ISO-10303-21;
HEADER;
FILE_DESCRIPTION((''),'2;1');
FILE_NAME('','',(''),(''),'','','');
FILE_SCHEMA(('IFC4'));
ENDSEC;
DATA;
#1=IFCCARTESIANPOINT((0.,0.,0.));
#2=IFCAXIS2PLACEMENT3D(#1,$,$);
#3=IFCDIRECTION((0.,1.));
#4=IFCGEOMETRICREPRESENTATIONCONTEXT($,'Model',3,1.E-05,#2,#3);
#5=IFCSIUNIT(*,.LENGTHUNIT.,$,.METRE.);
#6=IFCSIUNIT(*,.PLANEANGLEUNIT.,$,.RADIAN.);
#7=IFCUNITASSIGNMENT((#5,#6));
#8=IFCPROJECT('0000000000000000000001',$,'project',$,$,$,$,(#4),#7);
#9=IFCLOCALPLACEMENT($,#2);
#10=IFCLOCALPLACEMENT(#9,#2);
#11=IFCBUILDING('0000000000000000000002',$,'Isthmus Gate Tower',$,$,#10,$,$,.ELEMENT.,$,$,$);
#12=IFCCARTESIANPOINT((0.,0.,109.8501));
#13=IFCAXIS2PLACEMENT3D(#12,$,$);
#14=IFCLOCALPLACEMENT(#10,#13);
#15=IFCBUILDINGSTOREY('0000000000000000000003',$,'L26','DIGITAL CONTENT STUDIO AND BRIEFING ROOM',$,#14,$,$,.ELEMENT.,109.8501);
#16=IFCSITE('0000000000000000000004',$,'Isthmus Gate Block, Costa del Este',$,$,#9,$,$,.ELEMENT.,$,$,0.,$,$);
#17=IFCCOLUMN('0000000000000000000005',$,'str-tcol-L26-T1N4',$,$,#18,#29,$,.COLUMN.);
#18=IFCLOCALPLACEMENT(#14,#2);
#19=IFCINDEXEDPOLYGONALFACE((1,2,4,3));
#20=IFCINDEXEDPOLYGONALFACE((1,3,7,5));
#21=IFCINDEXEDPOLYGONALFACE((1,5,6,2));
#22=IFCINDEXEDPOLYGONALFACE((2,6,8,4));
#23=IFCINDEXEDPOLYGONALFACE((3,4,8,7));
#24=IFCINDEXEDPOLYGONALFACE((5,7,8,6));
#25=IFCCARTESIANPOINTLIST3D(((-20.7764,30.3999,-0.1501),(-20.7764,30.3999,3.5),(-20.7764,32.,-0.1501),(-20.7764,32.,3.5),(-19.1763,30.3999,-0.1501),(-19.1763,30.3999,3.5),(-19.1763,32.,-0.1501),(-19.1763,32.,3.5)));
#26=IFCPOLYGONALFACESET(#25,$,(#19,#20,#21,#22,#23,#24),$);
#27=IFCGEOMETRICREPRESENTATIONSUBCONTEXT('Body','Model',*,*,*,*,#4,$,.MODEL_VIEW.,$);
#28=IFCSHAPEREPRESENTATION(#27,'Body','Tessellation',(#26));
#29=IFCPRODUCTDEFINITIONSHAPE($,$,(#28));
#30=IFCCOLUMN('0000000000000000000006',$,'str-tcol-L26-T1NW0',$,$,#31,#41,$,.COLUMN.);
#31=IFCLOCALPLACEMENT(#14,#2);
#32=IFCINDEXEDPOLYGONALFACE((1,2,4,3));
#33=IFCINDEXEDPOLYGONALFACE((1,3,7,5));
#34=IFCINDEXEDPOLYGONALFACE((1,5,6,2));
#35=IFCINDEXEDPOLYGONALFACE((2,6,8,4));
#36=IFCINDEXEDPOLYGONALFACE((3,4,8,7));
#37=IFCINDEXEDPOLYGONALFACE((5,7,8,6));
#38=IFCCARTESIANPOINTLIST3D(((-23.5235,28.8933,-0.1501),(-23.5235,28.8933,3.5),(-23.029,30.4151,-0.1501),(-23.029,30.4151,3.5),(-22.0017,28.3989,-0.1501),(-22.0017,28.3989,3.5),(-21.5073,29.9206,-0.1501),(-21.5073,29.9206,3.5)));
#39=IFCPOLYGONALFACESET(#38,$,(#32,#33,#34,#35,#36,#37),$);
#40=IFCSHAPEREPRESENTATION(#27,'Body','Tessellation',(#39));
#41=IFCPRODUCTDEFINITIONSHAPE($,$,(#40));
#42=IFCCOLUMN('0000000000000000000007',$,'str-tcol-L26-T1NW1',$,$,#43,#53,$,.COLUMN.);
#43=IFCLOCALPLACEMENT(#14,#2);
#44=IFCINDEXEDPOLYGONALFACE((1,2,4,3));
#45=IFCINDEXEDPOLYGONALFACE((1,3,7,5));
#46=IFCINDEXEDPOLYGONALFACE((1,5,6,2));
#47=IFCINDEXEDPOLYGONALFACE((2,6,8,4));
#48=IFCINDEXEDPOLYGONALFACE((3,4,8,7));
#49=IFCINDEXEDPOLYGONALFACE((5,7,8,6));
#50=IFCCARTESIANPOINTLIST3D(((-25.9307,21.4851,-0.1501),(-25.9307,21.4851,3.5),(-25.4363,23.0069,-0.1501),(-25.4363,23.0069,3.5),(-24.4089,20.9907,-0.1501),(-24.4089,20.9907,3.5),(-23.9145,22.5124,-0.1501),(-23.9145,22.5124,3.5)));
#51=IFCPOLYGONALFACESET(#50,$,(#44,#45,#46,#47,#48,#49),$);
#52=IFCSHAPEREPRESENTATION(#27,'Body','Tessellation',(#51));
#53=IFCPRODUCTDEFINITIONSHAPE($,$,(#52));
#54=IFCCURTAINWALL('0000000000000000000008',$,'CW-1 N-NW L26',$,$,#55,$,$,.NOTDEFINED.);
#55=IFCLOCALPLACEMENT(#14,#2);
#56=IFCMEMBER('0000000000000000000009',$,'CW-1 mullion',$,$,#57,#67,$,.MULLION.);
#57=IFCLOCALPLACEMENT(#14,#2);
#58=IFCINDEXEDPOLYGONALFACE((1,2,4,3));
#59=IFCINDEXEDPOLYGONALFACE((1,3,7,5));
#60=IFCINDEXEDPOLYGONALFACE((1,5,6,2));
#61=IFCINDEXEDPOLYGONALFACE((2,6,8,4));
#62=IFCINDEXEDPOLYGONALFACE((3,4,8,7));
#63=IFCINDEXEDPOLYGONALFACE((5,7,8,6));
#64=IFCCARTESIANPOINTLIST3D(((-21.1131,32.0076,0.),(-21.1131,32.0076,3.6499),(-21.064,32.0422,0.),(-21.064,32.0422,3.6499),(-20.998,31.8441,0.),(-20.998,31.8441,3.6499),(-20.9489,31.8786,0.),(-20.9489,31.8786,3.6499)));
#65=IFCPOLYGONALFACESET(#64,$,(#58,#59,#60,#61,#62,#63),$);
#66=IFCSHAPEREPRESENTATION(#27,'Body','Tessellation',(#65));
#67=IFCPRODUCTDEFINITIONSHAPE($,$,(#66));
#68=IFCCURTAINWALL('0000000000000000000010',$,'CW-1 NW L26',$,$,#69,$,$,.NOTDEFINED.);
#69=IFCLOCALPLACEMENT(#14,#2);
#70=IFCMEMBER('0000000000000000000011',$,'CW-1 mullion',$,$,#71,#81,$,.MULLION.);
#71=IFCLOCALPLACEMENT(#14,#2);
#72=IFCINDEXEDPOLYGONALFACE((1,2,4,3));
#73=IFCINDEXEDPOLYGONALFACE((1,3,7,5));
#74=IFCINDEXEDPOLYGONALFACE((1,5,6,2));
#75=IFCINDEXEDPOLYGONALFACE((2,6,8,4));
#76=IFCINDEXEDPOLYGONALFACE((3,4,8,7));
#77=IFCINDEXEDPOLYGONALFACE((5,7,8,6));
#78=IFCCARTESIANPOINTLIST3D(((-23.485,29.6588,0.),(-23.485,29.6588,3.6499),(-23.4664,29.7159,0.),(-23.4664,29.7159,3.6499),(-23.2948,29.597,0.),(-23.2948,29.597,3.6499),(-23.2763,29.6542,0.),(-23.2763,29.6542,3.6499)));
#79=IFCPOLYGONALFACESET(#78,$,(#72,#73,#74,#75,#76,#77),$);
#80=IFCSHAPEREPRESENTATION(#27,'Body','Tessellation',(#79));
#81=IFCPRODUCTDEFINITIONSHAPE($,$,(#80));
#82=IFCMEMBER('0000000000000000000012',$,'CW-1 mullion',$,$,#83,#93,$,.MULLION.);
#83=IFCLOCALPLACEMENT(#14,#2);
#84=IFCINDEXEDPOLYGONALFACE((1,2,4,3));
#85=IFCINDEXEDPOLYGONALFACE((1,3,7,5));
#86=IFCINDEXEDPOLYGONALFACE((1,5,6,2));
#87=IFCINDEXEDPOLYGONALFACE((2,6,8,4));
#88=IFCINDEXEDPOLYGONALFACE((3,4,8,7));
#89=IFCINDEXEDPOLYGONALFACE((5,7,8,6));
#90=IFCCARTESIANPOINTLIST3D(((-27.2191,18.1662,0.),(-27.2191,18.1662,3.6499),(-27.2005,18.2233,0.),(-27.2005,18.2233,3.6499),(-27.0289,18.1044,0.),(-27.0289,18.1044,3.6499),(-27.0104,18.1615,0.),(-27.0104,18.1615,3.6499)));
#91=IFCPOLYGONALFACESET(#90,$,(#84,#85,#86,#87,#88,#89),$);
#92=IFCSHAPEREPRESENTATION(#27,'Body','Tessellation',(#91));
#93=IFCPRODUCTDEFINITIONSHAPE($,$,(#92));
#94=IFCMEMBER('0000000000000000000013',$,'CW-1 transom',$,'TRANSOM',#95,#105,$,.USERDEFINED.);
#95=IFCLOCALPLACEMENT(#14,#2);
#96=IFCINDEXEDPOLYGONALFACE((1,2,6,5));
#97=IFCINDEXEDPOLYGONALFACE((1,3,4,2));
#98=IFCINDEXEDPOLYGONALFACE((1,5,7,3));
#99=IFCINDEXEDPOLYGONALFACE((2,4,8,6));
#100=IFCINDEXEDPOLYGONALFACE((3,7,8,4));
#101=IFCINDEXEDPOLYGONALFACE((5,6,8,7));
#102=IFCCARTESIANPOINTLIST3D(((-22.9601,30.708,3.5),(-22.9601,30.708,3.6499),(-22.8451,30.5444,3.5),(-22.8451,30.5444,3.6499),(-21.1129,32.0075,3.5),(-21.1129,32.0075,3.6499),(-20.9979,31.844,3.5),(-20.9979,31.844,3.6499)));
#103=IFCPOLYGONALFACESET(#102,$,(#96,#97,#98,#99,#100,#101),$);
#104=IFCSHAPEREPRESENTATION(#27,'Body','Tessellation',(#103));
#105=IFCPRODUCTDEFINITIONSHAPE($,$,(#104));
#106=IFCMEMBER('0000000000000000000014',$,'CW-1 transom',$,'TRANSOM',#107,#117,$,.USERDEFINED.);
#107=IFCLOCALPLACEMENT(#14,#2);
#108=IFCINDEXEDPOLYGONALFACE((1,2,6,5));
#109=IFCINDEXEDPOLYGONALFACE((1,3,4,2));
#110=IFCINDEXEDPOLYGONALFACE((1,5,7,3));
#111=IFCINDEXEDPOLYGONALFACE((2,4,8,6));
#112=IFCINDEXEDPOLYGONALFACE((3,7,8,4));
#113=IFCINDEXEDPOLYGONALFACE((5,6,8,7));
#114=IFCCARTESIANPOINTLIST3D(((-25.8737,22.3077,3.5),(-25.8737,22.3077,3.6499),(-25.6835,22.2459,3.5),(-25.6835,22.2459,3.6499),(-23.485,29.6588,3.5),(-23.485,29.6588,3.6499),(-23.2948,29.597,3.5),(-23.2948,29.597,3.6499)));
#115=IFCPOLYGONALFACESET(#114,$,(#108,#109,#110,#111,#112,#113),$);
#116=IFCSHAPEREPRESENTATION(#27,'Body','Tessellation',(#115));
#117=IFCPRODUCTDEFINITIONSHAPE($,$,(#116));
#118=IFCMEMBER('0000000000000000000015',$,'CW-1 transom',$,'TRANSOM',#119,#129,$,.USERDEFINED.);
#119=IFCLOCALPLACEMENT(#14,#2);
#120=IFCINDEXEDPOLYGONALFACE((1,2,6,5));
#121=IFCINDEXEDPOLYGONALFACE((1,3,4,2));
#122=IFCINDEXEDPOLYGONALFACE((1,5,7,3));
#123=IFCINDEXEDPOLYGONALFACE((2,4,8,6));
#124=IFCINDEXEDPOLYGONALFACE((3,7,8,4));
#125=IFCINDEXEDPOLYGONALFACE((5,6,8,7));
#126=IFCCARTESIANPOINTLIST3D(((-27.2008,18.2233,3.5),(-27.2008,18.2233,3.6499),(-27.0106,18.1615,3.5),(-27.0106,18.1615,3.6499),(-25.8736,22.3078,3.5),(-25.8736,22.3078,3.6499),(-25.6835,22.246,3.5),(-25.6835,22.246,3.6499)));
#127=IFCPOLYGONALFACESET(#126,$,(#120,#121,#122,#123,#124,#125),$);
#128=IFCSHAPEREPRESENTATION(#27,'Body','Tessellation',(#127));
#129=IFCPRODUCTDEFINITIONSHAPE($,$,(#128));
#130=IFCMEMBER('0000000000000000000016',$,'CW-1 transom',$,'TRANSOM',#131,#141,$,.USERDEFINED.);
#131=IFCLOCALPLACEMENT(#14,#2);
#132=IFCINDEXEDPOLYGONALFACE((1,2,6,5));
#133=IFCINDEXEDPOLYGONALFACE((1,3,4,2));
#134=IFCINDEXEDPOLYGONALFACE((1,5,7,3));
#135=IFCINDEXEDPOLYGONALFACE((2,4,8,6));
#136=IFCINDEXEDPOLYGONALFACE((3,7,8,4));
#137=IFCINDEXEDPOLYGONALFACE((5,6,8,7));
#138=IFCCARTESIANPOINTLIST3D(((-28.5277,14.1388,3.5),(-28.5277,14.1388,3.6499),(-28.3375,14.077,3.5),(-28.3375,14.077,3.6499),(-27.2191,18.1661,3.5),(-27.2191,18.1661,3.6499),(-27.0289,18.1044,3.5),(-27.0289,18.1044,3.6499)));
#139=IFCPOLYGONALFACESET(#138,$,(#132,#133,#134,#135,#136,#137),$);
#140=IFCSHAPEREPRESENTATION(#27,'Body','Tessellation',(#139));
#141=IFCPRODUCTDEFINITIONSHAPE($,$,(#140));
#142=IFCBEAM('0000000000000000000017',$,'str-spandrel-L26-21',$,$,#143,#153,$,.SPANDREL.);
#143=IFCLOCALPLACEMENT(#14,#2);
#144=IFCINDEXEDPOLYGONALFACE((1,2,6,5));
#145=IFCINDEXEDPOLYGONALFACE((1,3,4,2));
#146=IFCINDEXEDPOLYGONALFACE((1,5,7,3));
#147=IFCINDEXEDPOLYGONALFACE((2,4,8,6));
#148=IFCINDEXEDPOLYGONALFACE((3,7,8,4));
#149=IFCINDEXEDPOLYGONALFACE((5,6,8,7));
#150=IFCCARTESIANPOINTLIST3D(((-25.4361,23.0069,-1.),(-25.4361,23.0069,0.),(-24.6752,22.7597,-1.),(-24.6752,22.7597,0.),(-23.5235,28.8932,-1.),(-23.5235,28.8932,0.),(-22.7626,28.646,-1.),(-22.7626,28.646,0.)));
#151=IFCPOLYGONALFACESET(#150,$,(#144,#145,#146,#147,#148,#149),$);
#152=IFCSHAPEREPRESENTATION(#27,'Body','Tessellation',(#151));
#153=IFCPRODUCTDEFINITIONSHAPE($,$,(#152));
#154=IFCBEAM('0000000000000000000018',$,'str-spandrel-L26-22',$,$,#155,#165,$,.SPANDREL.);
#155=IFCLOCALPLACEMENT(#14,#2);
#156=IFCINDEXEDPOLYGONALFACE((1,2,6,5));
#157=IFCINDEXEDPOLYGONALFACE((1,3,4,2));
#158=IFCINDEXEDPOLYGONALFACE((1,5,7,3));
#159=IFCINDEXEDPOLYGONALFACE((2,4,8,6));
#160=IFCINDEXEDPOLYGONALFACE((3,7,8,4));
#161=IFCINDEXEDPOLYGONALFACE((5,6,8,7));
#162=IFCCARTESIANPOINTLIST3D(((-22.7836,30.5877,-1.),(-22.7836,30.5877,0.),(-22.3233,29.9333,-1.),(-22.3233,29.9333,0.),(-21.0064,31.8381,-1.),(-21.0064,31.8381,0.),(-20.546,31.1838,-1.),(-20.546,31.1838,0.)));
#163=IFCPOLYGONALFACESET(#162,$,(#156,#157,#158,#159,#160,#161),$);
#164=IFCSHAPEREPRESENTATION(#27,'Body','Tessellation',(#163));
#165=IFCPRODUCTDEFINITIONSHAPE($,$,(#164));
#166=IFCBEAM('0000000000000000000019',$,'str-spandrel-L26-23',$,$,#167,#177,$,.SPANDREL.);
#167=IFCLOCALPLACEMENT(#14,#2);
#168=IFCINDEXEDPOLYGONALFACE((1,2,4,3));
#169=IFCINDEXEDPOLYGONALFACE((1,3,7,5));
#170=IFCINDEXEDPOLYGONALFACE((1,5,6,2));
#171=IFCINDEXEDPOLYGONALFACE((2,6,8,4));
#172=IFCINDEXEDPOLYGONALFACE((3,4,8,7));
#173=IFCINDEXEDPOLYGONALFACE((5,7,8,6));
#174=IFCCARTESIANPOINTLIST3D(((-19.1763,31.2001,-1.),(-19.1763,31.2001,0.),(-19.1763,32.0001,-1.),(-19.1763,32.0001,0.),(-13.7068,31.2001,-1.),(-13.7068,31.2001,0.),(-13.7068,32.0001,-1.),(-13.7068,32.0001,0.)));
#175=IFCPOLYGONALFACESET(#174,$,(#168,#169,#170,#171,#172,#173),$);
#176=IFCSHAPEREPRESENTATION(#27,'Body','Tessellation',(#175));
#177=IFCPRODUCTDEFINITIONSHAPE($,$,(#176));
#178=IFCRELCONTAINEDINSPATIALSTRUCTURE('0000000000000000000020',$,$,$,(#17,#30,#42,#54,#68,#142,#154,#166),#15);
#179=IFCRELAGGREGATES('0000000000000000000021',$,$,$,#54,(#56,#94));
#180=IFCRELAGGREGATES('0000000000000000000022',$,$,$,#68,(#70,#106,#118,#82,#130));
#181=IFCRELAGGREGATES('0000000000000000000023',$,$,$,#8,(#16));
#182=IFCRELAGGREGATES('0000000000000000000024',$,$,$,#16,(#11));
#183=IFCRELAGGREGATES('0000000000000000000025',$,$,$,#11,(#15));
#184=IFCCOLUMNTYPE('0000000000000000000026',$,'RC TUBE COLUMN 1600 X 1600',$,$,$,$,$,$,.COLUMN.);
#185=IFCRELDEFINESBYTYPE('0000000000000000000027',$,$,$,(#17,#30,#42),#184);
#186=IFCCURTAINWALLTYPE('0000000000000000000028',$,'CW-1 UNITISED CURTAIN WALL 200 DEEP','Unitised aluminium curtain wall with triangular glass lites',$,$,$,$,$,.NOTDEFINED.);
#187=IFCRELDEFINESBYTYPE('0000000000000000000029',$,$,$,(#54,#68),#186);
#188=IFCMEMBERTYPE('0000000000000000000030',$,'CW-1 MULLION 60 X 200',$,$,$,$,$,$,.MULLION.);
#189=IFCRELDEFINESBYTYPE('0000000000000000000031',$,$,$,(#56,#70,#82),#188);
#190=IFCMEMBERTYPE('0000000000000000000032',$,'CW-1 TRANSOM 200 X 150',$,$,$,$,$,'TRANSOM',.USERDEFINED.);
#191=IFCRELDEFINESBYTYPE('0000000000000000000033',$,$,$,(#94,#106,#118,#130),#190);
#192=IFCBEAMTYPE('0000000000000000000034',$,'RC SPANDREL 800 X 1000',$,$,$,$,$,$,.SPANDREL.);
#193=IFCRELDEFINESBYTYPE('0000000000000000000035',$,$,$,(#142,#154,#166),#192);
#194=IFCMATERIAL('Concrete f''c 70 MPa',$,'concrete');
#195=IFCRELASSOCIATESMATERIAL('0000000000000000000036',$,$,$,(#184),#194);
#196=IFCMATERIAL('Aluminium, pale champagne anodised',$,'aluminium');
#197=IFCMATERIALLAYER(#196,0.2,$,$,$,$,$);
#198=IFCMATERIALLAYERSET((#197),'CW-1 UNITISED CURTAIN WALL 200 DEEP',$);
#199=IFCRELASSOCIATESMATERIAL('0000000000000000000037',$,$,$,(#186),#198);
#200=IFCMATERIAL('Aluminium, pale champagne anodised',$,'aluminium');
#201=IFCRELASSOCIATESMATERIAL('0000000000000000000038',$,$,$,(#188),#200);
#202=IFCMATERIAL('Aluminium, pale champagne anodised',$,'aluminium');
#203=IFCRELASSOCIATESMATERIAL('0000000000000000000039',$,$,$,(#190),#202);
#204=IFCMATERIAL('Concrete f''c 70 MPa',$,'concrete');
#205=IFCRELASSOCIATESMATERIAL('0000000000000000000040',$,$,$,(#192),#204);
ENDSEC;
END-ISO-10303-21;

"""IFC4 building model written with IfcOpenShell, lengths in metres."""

from ifc_helpers import new_model, si_unit, direction, frame, origin, origin_2d, place, context, subcontext, project, spatial, rectangle, extrude, material, layer, layer_set, material_profile, profile_set, type_object, element, aggregate, save


model = new_model("IFC4")

# Units and contexts
model_context = context("Model", 3, precision=1e-05, world=origin(), true_north=direction((0.0, 1.0)))
body_context = subcontext(model_context, "Body", "Model", "MODEL_VIEW")
ifc_project = project(units=[si_unit("LENGTHUNIT", "METRE"), si_unit("PLANEANGLEUNIT", "RADIAN")], contexts=[model_context])

# Site, building, storey
site_placement = place(None, origin())
site = spatial("IfcSite", under=ifc_project, at=site_placement, Name="Isthmus Gate Block, Costa del Este", CompositionType="ELEMENT", RefElevation=0.0)
building_placement = place(site_placement, origin())
building = spatial("IfcBuilding", under=site, at=building_placement, Name="Isthmus Gate Tower", CompositionType="ELEMENT")
storey_placement = place(building_placement, frame((0.0, 0.0, 109.8501)))
storey = spatial("IfcBuildingStorey", under=building, at=storey_placement, Name="L26", Description="DIGITAL CONTENT STUDIO AND BRIEFING ROOM", CompositionType="ELEMENT", Elevation=109.8501)

# Columns
ifc_material_1 = material(Name="Concrete f'c 70 MPa", Category="concrete")
ifc_material_profile_1 = material_profile(ifc_material_1, rectangle(XDim=1.6001, YDim=1.6001, at=origin_2d()), Name="RC 1600X1600")
ifc_profile_set_1 = profile_set([ifc_material_profile_1], Name="Concrete f'c 70 MPa")
column_type = type_object("IfcColumnType", Name="RC TUBE COLUMN 1600 X 1600", PredefinedType="COLUMN", material=ifc_profile_set_1)
for number, where, z_axis, x_axis, name in (
    (1, (-19.9763, 31.2, -0.1501), (0.0, 0.0, 1.0), (-1.0, 0.0, 0.0), "str-tcol-L26-T1N4"),
    (2, (-22.5154, 29.407, -0.1501), (0.0, 0.0, 1.0), (-0.309017, -0.951057, 0.0), "str-tcol-L26-T1NW0"),
    (3, (-24.9226, 21.9988, -0.1501), (0.0, 0.0, 1.0), (-0.309017, -0.951057, 0.0), "str-tcol-L26-T1NW1"),
):
    element("IfcColumn", number, at=place(storey_placement, frame(where, z_axis=z_axis, x_axis=x_axis)), inside=storey, type_object=column_type, Name=name, PredefinedType="COLUMN", context=body_context, shape_type="SweptSolid", body=[
        extrude(rectangle(XDim=1.6001, YDim=1.6001, at=origin_2d()), origin(), (0.0, 0.0, 1.0), 3.6501),
    ])

# Curtain wall, member
ifc_material_2 = material(Name="Aluminium, pale champagne anodised", Category="aluminium")
ifc_layer_1 = layer(ifc_material_2, 0.2)
ifc_layer_set_1 = layer_set([ifc_layer_1], Name="CW-1 UNITISED CURTAIN WALL 200 DEEP")
curtain_wall_type = type_object("IfcCurtainWallType", Name="CW-1 UNITISED CURTAIN WALL 200 DEEP", Description="Unitised aluminium curtain wall with triangular glass lites", PredefinedType="NOTDEFINED", material=ifc_layer_set_1)
curtain_wall_1_placement = place(storey_placement, origin())
curtain_wall_1 = element("IfcCurtainWall", 4, at=curtain_wall_1_placement, inside=storey, type_object=curtain_wall_type, Name="CW-1 N-NW L26", PredefinedType="NOTDEFINED")
ifc_material_3 = material(Name="Aluminium, pale champagne anodised", Category="aluminium")
ifc_material_profile_2 = material_profile(ifc_material_3, rectangle(XDim=0.0601, YDim=0.2, at=origin_2d()), Name="60x200")
ifc_profile_set_2 = profile_set([ifc_material_profile_2], Name="Aluminium, pale champagne anodised")
member_type_1 = type_object("IfcMemberType", Name="CW-1 MULLION 60 X 200", PredefinedType="MULLION", material=ifc_profile_set_2)
member_1_placement = place(storey_placement, frame((-21.031, 31.9431, 0.0), z_axis=(0.0, 0.0, 1.0), x_axis=(-0.81786, -0.575418, 0.0)))
member_1 = element("IfcMember", 5, at=member_1_placement, type_object=member_type_1, Name="CW-1 mullion", PredefinedType="MULLION", context=body_context, shape_type="SweptSolid", body=[
    extrude(rectangle(XDim=0.0601, YDim=0.2, at=origin_2d()), origin(), (0.0, 0.0, 1.0), 3.6499),
])

# Curtain wall, members
curtain_wall_2_placement = place(storey_placement, origin())
curtain_wall_2 = element("IfcCurtainWall", 6, at=curtain_wall_2_placement, inside=storey, type_object=curtain_wall_type, Name="CW-1 NW L26", PredefinedType="NOTDEFINED")
member_2_placement = place(storey_placement, frame((-23.3806, 29.6565, 0.0), z_axis=(0.0, 0.0, 1.0), x_axis=(-0.309017, -0.951057, 0.0)))
member_2 = element("IfcMember", 7, at=member_2_placement, type_object=member_type_1, Name="CW-1 mullion", PredefinedType="MULLION", context=body_context, shape_type="SweptSolid", body=[
    extrude(rectangle(XDim=0.0601, YDim=0.2, at=origin_2d()), origin(), (0.0, 0.0, 1.0), 3.6499),
])
member_3_placement = place(storey_placement, frame((-27.1147, 18.1638, 0.0), z_axis=(0.0, 0.0, 1.0), x_axis=(-0.309017, -0.951057, 0.0)))
member_3 = element("IfcMember", 8, at=member_3_placement, type_object=member_type_1, Name="CW-1 mullion", PredefinedType="MULLION", context=body_context, shape_type="SweptSolid", body=[
    extrude(rectangle(XDim=0.0601, YDim=0.2, at=origin_2d()), origin(), (0.0, 0.0, 1.0), 3.6499),
])

# Members
ifc_material_4 = material(Name="Aluminium, pale champagne anodised", Category="aluminium")
ifc_material_profile_3 = material_profile(ifc_material_4, rectangle(XDim=0.2, YDim=0.1499, at=origin_2d()), Name="200x150")
ifc_profile_set_3 = profile_set([ifc_material_profile_3], Name="Aluminium, pale champagne anodised")
member_type_2 = type_object("IfcMemberType", Name="CW-1 TRANSOM 200 X 150", ElementType="TRANSOM", PredefinedType="USERDEFINED", material=ifc_profile_set_3)
member_4_placement = place(storey_placement, frame((-21.0554, 31.9258, 3.575), z_axis=(-0.817869, -0.575405, 0.0), x_axis=(0.575405, -0.817869, 0.0)))
member_4 = element("IfcMember", 9, at=member_4_placement, type_object=member_type_2, Name="CW-1 transom", ObjectType="TRANSOM", PredefinedType="USERDEFINED", context=body_context, shape_type="SweptSolid", body=[
    extrude(rectangle(XDim=0.2, YDim=0.1499, at=origin_2d()), origin(), (0.0, 0.0, 1.0), 2.2585),
])
member_5_placement = place(storey_placement, frame((-23.3899, 29.6279, 3.575), z_axis=(-0.309036, -0.95105, 0.0), x_axis=(0.95105, -0.309036, 0.0)))
member_5 = element("IfcMember", 10, at=member_5_placement, type_object=member_type_2, Name="CW-1 transom", ObjectType="TRANSOM", PredefinedType="USERDEFINED", context=body_context, shape_type="SweptSolid", body=[
    extrude(rectangle(XDim=0.2, YDim=0.1499, at=origin_2d()), origin(), (0.0, 0.0, 1.0), 7.7295),
])
member_6_placement = place(storey_placement, frame((-25.7786, 22.2769, 3.575), z_axis=(-0.309022, -0.951055, 0.0), x_axis=(0.951055, -0.309022, 0.0)))
member_6 = element("IfcMember", 11, at=member_6_placement, type_object=member_type_2, Name="CW-1 transom", ObjectType="TRANSOM", PredefinedType="USERDEFINED", context=body_context, shape_type="SweptSolid", body=[
    extrude(rectangle(XDim=0.2, YDim=0.1499, at=origin_2d()), origin(), (0.0, 0.0, 1.0), 4.2947),
])
member_7_placement = place(storey_placement, frame((-27.124, 18.1353, 3.575), z_axis=(-0.309023, -0.951054, 0.0), x_axis=(0.951054, -0.309023, 0.0)))
member_7 = element("IfcMember", 12, at=member_7_placement, type_object=member_type_2, Name="CW-1 transom", ObjectType="TRANSOM", PredefinedType="USERDEFINED", context=body_context, shape_type="SweptSolid", body=[
    extrude(rectangle(XDim=0.2, YDim=0.1499, at=origin_2d()), origin(), (0.0, 0.0, 1.0), 4.2346),
])

# Beams
ifc_material_5 = material(Name="Concrete f'c 70 MPa", Category="concrete")
ifc_material_profile_4 = material_profile(ifc_material_5, rectangle(XDim=0.8, YDim=1.0, at=origin_2d()), Name="RC 800X1000")
ifc_profile_set_4 = profile_set([ifc_material_profile_4], Name="Concrete f'c 70 MPa")
beam_type_1 = type_object("IfcBeamType", Name="RC SPANDREL 800 X 1000", PredefinedType="SPANDREL", material=ifc_profile_set_4)
beam_1_placement = place(storey_placement, frame((-25.0557, 22.8833, -0.5), z_axis=(0.309024, 0.951054, 0.0), x_axis=(-0.951054, 0.309024, 0.0)))
element("IfcBeam", 13, at=beam_1_placement, inside=storey, type_object=beam_type_1, Name="str-spandrel-L26-21", PredefinedType="SPANDREL", context=body_context, shape_type="SweptSolid", body=[
    extrude(rectangle(XDim=0.8, YDim=1.0, at=origin_2d()), origin(), (0.0, 0.0, 1.0), 6.1892),
])
beam_2_placement = place(storey_placement, frame((-22.5535, 30.2605, -0.5), z_axis=(0.817857, 0.575421, 0.0), x_axis=(-0.575421, 0.817857, 0.0)))
element("IfcBeam", 14, at=beam_2_placement, inside=storey, type_object=beam_type_1, Name="str-spandrel-L26-22", PredefinedType="SPANDREL", context=body_context, shape_type="SweptSolid", body=[
    extrude(rectangle(XDim=0.8, YDim=1.0, at=origin_2d()), origin(), (0.0, 0.0, 1.0), 2.1731),
])
beam_3_placement = place(storey_placement, frame((-19.1763, 31.6001, -0.5), z_axis=(1.0, 0.0, 0.0), x_axis=(0.0, 1.0, 0.0)))
element("IfcBeam", 15, at=beam_3_placement, inside=storey, type_object=beam_type_1, Name="str-spandrel-L26-23", PredefinedType="SPANDREL", context=body_context, shape_type="SweptSolid", body=[
    extrude(rectangle(XDim=0.8, YDim=1.0, at=origin_2d()), origin(), (0.0, 0.0, 1.0), 5.4695),
])

aggregate(curtain_wall_1, [member_1, member_4])

aggregate(curtain_wall_2, [member_2, member_5, member_6, member_3, member_7])

save(model, "model.ifc")
